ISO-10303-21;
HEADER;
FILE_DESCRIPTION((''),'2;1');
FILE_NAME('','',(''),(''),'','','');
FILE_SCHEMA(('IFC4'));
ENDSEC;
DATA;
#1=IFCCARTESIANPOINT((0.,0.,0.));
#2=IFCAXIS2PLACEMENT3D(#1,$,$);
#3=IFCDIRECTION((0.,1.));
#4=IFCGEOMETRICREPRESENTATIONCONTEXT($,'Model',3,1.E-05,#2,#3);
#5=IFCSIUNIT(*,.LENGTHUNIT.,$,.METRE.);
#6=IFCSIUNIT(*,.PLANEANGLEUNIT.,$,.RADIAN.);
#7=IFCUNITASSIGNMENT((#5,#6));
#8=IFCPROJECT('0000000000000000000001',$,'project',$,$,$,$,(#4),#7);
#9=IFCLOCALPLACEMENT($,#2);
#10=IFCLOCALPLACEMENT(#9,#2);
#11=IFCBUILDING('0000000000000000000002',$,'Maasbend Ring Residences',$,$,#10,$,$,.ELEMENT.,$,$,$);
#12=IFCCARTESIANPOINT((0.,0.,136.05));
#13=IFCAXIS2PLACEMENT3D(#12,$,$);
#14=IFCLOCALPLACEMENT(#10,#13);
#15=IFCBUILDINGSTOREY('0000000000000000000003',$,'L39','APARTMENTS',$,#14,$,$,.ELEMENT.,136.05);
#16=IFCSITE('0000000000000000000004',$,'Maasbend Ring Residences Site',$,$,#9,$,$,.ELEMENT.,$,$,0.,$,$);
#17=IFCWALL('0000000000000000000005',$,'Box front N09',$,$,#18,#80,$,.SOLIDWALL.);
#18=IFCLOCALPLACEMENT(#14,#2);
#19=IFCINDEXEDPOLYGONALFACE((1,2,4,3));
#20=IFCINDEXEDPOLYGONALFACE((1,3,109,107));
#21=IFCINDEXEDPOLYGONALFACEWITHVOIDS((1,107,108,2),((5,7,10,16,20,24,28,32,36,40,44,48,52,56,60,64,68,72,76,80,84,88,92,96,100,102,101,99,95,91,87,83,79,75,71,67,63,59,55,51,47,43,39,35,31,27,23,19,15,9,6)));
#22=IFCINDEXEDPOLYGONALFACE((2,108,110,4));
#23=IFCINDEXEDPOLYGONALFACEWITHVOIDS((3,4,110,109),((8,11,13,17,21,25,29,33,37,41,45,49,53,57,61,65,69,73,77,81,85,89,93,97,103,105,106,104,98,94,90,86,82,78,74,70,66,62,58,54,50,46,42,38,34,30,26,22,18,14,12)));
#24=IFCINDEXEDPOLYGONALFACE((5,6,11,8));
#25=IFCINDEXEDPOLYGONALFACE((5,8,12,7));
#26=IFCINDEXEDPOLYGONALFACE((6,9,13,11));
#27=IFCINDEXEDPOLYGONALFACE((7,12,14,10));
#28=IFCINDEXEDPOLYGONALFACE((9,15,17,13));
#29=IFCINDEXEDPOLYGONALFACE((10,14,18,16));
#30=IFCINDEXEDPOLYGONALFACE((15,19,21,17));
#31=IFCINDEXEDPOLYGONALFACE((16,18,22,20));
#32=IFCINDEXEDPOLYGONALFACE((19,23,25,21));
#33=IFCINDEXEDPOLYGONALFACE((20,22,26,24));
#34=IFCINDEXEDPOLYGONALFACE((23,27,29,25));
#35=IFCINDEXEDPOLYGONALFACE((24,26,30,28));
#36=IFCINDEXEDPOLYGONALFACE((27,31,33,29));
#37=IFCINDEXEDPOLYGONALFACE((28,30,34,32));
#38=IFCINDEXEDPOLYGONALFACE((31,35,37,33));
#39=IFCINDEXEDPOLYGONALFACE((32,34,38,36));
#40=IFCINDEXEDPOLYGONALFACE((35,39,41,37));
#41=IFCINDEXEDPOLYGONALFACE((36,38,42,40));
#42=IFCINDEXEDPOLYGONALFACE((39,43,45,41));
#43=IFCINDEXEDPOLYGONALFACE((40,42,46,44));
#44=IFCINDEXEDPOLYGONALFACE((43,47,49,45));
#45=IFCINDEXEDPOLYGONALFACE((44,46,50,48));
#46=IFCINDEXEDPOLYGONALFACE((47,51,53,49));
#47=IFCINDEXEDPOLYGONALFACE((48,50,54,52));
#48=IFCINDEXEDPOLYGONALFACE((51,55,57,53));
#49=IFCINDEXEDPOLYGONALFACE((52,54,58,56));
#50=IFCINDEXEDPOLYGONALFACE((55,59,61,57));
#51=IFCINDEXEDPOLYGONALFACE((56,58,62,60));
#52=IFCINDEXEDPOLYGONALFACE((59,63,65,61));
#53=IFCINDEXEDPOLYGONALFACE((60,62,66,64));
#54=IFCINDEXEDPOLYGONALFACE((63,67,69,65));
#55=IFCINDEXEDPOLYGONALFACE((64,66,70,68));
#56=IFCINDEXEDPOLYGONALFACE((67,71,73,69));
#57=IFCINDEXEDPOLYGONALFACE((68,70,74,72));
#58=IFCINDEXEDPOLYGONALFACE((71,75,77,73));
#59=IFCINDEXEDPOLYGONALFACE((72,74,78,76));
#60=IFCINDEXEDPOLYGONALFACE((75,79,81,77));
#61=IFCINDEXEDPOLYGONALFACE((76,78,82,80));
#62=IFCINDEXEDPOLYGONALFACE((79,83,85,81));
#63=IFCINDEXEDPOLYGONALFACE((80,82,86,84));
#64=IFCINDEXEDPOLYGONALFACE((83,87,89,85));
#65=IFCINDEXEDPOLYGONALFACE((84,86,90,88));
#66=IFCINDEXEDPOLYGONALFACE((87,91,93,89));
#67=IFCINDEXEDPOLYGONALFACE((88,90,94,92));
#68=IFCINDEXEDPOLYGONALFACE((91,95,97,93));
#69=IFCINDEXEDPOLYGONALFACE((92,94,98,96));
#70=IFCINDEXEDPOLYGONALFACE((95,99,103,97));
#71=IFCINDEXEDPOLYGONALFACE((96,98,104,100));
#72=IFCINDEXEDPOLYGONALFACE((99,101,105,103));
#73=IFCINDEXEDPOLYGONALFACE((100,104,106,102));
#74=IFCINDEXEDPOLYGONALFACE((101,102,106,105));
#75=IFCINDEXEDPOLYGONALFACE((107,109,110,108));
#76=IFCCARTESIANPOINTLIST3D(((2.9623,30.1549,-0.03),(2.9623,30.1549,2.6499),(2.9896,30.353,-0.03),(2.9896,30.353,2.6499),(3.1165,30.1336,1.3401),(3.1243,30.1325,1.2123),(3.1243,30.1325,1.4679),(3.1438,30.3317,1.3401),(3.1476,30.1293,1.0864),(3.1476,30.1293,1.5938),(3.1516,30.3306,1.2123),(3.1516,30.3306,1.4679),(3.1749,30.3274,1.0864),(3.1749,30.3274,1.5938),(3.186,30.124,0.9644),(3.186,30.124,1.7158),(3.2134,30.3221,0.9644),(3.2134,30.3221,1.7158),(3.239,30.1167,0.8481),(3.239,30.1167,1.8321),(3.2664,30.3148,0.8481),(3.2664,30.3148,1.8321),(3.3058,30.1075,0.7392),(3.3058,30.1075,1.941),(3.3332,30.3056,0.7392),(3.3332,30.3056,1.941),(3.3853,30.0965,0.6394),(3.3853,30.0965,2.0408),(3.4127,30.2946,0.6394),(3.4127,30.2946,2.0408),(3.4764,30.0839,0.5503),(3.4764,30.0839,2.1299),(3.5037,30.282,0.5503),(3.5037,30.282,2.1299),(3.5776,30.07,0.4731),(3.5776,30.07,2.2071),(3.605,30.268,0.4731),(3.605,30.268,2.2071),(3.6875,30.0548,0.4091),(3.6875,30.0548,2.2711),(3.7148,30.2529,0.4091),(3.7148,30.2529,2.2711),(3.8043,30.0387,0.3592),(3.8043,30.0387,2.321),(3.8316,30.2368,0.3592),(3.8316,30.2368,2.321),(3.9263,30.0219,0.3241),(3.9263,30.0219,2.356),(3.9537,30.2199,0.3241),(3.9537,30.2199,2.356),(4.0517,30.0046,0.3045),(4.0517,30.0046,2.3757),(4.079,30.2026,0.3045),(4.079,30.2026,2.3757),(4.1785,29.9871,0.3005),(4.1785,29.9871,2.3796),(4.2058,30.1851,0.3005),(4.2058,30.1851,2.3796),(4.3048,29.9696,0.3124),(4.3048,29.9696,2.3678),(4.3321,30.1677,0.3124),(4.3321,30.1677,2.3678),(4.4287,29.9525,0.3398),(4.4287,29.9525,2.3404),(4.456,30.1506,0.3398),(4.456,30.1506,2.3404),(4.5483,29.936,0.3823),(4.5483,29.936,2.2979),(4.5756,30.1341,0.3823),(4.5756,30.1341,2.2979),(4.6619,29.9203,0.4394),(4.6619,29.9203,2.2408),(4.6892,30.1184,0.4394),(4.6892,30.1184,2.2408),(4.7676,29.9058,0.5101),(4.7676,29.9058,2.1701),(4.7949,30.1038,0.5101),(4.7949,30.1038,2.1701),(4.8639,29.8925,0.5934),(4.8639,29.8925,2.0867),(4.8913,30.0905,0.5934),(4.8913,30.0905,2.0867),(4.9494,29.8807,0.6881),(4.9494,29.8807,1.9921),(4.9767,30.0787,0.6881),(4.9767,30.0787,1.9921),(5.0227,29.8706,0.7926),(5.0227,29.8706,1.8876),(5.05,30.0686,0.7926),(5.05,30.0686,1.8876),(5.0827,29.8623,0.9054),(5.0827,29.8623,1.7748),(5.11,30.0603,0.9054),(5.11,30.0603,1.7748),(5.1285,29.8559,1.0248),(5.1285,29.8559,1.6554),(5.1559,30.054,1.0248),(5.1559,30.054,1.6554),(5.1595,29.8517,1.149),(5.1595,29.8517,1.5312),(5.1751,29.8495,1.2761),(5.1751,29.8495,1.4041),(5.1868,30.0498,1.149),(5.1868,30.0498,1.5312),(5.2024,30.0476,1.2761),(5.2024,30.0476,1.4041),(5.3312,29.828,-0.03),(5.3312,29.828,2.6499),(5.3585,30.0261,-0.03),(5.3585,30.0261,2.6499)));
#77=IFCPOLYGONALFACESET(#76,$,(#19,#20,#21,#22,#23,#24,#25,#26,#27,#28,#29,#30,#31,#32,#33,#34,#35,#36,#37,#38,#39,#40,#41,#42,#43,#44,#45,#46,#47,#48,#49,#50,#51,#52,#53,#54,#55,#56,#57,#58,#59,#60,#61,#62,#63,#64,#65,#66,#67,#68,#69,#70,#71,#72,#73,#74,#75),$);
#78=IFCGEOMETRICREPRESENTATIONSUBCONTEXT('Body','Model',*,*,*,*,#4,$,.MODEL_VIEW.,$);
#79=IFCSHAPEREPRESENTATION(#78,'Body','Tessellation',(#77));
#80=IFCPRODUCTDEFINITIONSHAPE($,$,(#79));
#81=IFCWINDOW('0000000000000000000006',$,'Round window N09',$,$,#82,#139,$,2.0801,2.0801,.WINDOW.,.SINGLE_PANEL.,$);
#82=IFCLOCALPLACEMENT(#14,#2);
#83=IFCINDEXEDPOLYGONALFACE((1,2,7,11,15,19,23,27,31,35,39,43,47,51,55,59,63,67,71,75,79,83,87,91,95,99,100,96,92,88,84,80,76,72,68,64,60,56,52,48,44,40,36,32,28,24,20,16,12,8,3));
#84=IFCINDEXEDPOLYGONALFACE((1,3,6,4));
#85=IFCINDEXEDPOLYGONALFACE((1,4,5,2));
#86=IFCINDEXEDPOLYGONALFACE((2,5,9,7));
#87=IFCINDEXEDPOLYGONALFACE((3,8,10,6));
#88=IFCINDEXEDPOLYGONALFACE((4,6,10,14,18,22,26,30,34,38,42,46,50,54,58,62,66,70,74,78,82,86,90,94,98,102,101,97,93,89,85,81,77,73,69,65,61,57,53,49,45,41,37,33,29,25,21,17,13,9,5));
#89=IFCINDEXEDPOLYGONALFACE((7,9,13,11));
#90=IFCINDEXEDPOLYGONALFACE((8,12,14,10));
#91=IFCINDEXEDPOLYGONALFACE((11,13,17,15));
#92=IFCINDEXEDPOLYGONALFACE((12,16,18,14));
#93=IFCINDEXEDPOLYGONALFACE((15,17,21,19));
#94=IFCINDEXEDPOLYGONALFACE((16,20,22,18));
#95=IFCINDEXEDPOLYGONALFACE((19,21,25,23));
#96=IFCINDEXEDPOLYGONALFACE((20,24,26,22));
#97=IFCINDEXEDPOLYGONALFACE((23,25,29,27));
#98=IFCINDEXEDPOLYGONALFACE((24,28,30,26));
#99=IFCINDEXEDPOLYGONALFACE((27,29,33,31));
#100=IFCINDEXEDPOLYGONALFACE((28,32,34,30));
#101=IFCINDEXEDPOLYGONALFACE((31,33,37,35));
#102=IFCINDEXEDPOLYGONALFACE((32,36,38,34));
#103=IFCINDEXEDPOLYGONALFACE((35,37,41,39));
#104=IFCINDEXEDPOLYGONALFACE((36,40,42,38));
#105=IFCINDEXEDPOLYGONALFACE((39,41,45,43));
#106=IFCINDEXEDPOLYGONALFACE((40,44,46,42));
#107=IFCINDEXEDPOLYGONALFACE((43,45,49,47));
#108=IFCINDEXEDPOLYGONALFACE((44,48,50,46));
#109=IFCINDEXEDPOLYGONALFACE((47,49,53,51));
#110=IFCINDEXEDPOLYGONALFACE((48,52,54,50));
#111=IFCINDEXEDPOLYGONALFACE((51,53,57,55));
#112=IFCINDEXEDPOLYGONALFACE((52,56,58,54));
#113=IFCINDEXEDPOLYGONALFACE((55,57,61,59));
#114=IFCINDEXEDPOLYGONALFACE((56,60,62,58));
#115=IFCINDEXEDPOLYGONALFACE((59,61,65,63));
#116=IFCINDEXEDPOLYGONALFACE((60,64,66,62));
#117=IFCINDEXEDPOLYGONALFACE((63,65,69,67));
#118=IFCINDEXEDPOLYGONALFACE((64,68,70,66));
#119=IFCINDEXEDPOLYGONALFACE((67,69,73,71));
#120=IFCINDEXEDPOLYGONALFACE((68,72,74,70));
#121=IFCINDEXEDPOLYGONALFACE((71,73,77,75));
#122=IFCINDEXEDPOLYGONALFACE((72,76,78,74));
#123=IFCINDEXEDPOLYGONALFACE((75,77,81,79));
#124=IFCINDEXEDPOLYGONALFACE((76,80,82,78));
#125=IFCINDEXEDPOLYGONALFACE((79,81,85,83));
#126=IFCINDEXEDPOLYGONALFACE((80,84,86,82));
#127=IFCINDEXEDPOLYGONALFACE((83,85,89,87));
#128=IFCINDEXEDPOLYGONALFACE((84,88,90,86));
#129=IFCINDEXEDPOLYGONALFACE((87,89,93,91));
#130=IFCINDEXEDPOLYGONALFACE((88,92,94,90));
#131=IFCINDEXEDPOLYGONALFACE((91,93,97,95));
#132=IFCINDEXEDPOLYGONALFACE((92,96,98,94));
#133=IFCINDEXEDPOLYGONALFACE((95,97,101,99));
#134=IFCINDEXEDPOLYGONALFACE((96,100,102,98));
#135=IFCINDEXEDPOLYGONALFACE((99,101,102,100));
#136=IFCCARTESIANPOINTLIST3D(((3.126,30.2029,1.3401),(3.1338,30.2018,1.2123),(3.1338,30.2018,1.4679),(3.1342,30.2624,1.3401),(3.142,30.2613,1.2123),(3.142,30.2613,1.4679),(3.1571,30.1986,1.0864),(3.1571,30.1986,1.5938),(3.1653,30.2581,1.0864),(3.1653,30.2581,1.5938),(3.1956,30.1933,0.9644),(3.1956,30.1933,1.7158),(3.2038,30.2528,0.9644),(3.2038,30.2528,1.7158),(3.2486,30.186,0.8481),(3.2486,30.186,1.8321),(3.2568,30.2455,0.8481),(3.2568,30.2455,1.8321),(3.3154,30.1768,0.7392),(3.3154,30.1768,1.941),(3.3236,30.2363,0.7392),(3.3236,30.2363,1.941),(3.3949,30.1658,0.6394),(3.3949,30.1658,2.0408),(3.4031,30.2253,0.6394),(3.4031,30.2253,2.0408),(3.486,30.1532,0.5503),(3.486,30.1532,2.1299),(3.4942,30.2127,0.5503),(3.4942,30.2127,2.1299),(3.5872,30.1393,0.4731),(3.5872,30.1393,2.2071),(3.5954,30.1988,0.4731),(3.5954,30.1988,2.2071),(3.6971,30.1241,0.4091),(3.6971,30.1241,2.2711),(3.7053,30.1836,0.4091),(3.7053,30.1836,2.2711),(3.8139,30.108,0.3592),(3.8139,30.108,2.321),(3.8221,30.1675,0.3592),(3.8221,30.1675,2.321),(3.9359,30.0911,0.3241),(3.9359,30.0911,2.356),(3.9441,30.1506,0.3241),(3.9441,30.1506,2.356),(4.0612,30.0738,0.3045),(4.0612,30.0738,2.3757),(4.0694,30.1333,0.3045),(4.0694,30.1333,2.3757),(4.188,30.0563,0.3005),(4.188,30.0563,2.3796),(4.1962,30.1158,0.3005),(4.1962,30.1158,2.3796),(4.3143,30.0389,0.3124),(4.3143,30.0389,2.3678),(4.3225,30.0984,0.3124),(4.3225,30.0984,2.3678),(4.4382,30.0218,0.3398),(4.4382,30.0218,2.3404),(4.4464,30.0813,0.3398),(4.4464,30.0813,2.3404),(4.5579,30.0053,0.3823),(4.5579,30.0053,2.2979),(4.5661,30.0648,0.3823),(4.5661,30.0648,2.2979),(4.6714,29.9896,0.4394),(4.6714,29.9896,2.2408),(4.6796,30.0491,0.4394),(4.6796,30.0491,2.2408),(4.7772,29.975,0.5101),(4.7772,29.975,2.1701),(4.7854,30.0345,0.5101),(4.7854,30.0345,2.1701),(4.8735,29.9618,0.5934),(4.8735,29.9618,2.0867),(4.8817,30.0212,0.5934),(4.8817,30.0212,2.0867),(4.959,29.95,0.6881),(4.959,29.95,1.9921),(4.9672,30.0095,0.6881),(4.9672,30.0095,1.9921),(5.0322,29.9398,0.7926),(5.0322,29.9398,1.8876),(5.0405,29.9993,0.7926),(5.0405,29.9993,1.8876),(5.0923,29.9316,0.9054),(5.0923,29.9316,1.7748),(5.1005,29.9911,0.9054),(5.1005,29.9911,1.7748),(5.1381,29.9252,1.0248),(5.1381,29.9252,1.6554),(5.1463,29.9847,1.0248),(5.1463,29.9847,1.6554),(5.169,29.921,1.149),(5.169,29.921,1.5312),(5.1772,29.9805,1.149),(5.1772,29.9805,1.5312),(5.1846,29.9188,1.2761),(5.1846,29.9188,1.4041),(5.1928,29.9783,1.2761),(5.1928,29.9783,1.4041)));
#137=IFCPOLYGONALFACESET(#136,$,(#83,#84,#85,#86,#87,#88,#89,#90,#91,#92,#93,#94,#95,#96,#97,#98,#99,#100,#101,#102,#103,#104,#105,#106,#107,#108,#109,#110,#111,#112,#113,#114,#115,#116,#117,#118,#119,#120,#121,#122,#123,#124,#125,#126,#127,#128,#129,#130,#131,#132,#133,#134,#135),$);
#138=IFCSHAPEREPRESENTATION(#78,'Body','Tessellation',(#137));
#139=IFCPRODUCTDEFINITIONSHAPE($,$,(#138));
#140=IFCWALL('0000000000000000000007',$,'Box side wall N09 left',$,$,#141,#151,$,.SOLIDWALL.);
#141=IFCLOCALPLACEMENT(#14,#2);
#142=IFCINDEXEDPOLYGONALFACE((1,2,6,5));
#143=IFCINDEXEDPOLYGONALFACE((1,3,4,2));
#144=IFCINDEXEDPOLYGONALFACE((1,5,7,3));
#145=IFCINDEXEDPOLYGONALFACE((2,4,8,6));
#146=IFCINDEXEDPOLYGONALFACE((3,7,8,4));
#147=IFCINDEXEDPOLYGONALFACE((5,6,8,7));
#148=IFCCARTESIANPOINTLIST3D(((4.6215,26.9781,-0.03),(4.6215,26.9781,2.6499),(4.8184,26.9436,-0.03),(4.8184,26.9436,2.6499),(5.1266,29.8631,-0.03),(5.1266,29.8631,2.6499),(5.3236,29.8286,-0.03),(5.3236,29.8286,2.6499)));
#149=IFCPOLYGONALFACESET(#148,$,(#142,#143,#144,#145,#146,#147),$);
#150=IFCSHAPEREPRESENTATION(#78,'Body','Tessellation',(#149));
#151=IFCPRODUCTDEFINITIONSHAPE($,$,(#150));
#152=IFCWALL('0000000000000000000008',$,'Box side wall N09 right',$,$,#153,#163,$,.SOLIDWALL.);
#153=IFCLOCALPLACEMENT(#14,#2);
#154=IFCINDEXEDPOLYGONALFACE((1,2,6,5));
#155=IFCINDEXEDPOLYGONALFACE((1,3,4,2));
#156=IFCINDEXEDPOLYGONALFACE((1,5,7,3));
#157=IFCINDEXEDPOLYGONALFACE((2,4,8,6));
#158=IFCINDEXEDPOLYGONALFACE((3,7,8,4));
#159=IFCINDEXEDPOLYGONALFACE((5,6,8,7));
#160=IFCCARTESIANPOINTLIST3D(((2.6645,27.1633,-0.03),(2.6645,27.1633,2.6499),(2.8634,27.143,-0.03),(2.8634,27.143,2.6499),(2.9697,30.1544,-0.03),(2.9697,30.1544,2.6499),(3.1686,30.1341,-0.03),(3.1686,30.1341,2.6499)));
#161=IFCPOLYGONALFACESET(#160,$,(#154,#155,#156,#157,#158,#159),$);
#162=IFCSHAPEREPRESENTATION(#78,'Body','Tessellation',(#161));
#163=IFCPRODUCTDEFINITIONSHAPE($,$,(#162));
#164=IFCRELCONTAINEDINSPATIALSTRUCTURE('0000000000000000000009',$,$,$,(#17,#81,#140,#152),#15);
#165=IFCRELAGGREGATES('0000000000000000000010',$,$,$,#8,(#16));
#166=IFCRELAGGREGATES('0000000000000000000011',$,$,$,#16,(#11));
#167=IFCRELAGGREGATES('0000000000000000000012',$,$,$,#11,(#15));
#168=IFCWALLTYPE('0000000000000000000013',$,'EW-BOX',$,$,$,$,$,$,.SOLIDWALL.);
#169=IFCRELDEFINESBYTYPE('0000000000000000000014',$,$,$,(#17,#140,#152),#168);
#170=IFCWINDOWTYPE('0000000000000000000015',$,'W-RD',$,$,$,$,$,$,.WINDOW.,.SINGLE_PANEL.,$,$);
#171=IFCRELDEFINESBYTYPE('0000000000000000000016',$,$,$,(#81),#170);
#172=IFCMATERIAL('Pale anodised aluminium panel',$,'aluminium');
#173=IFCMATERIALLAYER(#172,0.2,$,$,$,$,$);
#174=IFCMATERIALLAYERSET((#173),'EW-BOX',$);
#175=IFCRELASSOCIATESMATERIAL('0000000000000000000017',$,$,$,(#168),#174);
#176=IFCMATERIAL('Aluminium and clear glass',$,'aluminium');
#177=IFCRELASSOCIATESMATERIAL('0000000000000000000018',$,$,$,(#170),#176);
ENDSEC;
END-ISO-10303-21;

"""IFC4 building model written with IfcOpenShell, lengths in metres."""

from ifc_helpers import new_model, si_unit, direction, frame, frame_2d, origin, place, context, subcontext, project, spatial, rectangle, circle, extrude, material, layer, layer_set, type_object, element, fill, save


model = new_model("IFC4")

# Units and contexts
model_context = context("Model", 3, precision=1e-05, world=origin(), true_north=direction((0.0, 1.0)))
body_context = subcontext(model_context, "Body", "Model", "MODEL_VIEW")
ifc_project = project(units=[si_unit("LENGTHUNIT", "METRE"), si_unit("PLANEANGLEUNIT", "RADIAN")], contexts=[model_context])

# Site, building, storey
site_placement = place(None, origin())
site = spatial("IfcSite", under=ifc_project, at=site_placement, Name="Maasbend Ring Residences Site", CompositionType="ELEMENT", RefElevation=0.0)
building_placement = place(site_placement, origin())
building = spatial("IfcBuilding", under=site, at=building_placement, Name="Maasbend Ring Residences", CompositionType="ELEMENT")
storey_placement = place(building_placement, frame((0.0, 0.0, 136.05)))
storey = spatial("IfcBuildingStorey", under=building, at=storey_placement, Name="L39", Description="APARTMENTS", CompositionType="ELEMENT", Elevation=136.05)

# Shared definitions
ifc_material_1 = material(Name="Pale anodised aluminium panel", Category="aluminium")
ifc_layer_1 = layer(ifc_material_1, 0.2)
ifc_layer_set_1 = layer_set([ifc_layer_1], Name="EW-BOX")
wall_type_1 = type_object("IfcWallType", Name="EW-BOX", PredefinedType="SOLIDWALL", material=ifc_layer_set_1)

# Wall, opening, window
wall_1_placement = place(storey_placement, frame((5.345, 29.927, -0.03), z_axis=(0.0, 0.0, 1.0), x_axis=(-0.990612, 0.136703, 0.0)))
wall_1 = element("IfcWall", 1, at=wall_1_placement, inside=storey, type_object=wall_type_1, Name="Box front N09", PredefinedType="SOLIDWALL", context=body_context, shape_type="SweptSolid", body=[
    extrude(rectangle(XDim=2.3914, YDim=0.2, at=frame_2d((1.1958, 0.0))), origin(), (0.0, 0.0, 1.0), 2.6799),
])
opening_1_placement = place(wall_1_placement, frame((0.1558, 0.0, 0.3301)))
opening_1 = element("IfcOpeningElement", 2, at=opening_1_placement, cuts=wall_1, PredefinedType="OPENING", context=body_context, shape_type="SweptSolid", body=[
    extrude(circle(Radius=1.04, at=frame_2d((1.04, 1.04))), frame((0.0, 0.1099, 0.0), z_axis=(0.0, -1.0, 0.0), x_axis=(1.0, 0.0, 0.0)), (0.0, 0.0, 1.0), 0.22),
])
ifc_material_2 = material(Name="Aluminium and clear glass", Category="aluminium")
window_type_1 = type_object("IfcWindowType", Name="W-RD", PartitioningType="SINGLE_PANEL", PredefinedType="WINDOW", material=ifc_material_2)
window_1_placement = place(opening_1_placement, origin())
window_1 = element("IfcWindow", 3, at=window_1_placement, inside=storey, type_object=window_type_1, Name="Round window N09", OverallHeight=2.0801, OverallWidth=2.0801, PartitioningType="SINGLE_PANEL", PredefinedType="WINDOW", context=body_context, shape_type="SweptSolid", body=[
    extrude(circle(Radius=1.04, at=frame_2d((1.04, 1.04))), frame((0.0, 0.03, 0.0), z_axis=(0.0, -1.0, 0.0), x_axis=(1.0, 0.0, 0.0)), (0.0, 0.0, 1.0), 0.0601),
])
fill(opening_1, window_1)

# Walls
wall_2_placement = place(storey_placement, frame((4.72, 26.9609, -0.03), z_axis=(0.0, 0.0, 1.0), x_axis=(0.172463, 0.985016, 0.0)))
element("IfcWall", 4, at=wall_2_placement, inside=storey, type_object=wall_type_1, Name="Box side wall N09 left", PredefinedType="SOLIDWALL", context=body_context, shape_type="SweptSolid", body=[
    extrude(rectangle(XDim=2.929, YDim=0.2, at=frame_2d((1.4644, 0.0))), origin(), (0.0, 0.0, 1.0), 2.6799),
])
wall_3_placement = place(storey_placement, frame((2.7639, 27.1531, -0.03), z_axis=(0.0, 0.0, 1.0), x_axis=(0.101505, 0.994835, 0.0)))
element("IfcWall", 5, at=wall_3_placement, inside=storey, type_object=wall_type_1, Name="Box side wall N09 right", PredefinedType="SOLIDWALL", context=body_context, shape_type="SweptSolid", body=[
    extrude(rectangle(XDim=3.0066, YDim=0.2, at=frame_2d((1.5034, 0.0))), origin(), (0.0, 0.0, 1.0), 2.6799),
])

save(model, "model.ifc")
